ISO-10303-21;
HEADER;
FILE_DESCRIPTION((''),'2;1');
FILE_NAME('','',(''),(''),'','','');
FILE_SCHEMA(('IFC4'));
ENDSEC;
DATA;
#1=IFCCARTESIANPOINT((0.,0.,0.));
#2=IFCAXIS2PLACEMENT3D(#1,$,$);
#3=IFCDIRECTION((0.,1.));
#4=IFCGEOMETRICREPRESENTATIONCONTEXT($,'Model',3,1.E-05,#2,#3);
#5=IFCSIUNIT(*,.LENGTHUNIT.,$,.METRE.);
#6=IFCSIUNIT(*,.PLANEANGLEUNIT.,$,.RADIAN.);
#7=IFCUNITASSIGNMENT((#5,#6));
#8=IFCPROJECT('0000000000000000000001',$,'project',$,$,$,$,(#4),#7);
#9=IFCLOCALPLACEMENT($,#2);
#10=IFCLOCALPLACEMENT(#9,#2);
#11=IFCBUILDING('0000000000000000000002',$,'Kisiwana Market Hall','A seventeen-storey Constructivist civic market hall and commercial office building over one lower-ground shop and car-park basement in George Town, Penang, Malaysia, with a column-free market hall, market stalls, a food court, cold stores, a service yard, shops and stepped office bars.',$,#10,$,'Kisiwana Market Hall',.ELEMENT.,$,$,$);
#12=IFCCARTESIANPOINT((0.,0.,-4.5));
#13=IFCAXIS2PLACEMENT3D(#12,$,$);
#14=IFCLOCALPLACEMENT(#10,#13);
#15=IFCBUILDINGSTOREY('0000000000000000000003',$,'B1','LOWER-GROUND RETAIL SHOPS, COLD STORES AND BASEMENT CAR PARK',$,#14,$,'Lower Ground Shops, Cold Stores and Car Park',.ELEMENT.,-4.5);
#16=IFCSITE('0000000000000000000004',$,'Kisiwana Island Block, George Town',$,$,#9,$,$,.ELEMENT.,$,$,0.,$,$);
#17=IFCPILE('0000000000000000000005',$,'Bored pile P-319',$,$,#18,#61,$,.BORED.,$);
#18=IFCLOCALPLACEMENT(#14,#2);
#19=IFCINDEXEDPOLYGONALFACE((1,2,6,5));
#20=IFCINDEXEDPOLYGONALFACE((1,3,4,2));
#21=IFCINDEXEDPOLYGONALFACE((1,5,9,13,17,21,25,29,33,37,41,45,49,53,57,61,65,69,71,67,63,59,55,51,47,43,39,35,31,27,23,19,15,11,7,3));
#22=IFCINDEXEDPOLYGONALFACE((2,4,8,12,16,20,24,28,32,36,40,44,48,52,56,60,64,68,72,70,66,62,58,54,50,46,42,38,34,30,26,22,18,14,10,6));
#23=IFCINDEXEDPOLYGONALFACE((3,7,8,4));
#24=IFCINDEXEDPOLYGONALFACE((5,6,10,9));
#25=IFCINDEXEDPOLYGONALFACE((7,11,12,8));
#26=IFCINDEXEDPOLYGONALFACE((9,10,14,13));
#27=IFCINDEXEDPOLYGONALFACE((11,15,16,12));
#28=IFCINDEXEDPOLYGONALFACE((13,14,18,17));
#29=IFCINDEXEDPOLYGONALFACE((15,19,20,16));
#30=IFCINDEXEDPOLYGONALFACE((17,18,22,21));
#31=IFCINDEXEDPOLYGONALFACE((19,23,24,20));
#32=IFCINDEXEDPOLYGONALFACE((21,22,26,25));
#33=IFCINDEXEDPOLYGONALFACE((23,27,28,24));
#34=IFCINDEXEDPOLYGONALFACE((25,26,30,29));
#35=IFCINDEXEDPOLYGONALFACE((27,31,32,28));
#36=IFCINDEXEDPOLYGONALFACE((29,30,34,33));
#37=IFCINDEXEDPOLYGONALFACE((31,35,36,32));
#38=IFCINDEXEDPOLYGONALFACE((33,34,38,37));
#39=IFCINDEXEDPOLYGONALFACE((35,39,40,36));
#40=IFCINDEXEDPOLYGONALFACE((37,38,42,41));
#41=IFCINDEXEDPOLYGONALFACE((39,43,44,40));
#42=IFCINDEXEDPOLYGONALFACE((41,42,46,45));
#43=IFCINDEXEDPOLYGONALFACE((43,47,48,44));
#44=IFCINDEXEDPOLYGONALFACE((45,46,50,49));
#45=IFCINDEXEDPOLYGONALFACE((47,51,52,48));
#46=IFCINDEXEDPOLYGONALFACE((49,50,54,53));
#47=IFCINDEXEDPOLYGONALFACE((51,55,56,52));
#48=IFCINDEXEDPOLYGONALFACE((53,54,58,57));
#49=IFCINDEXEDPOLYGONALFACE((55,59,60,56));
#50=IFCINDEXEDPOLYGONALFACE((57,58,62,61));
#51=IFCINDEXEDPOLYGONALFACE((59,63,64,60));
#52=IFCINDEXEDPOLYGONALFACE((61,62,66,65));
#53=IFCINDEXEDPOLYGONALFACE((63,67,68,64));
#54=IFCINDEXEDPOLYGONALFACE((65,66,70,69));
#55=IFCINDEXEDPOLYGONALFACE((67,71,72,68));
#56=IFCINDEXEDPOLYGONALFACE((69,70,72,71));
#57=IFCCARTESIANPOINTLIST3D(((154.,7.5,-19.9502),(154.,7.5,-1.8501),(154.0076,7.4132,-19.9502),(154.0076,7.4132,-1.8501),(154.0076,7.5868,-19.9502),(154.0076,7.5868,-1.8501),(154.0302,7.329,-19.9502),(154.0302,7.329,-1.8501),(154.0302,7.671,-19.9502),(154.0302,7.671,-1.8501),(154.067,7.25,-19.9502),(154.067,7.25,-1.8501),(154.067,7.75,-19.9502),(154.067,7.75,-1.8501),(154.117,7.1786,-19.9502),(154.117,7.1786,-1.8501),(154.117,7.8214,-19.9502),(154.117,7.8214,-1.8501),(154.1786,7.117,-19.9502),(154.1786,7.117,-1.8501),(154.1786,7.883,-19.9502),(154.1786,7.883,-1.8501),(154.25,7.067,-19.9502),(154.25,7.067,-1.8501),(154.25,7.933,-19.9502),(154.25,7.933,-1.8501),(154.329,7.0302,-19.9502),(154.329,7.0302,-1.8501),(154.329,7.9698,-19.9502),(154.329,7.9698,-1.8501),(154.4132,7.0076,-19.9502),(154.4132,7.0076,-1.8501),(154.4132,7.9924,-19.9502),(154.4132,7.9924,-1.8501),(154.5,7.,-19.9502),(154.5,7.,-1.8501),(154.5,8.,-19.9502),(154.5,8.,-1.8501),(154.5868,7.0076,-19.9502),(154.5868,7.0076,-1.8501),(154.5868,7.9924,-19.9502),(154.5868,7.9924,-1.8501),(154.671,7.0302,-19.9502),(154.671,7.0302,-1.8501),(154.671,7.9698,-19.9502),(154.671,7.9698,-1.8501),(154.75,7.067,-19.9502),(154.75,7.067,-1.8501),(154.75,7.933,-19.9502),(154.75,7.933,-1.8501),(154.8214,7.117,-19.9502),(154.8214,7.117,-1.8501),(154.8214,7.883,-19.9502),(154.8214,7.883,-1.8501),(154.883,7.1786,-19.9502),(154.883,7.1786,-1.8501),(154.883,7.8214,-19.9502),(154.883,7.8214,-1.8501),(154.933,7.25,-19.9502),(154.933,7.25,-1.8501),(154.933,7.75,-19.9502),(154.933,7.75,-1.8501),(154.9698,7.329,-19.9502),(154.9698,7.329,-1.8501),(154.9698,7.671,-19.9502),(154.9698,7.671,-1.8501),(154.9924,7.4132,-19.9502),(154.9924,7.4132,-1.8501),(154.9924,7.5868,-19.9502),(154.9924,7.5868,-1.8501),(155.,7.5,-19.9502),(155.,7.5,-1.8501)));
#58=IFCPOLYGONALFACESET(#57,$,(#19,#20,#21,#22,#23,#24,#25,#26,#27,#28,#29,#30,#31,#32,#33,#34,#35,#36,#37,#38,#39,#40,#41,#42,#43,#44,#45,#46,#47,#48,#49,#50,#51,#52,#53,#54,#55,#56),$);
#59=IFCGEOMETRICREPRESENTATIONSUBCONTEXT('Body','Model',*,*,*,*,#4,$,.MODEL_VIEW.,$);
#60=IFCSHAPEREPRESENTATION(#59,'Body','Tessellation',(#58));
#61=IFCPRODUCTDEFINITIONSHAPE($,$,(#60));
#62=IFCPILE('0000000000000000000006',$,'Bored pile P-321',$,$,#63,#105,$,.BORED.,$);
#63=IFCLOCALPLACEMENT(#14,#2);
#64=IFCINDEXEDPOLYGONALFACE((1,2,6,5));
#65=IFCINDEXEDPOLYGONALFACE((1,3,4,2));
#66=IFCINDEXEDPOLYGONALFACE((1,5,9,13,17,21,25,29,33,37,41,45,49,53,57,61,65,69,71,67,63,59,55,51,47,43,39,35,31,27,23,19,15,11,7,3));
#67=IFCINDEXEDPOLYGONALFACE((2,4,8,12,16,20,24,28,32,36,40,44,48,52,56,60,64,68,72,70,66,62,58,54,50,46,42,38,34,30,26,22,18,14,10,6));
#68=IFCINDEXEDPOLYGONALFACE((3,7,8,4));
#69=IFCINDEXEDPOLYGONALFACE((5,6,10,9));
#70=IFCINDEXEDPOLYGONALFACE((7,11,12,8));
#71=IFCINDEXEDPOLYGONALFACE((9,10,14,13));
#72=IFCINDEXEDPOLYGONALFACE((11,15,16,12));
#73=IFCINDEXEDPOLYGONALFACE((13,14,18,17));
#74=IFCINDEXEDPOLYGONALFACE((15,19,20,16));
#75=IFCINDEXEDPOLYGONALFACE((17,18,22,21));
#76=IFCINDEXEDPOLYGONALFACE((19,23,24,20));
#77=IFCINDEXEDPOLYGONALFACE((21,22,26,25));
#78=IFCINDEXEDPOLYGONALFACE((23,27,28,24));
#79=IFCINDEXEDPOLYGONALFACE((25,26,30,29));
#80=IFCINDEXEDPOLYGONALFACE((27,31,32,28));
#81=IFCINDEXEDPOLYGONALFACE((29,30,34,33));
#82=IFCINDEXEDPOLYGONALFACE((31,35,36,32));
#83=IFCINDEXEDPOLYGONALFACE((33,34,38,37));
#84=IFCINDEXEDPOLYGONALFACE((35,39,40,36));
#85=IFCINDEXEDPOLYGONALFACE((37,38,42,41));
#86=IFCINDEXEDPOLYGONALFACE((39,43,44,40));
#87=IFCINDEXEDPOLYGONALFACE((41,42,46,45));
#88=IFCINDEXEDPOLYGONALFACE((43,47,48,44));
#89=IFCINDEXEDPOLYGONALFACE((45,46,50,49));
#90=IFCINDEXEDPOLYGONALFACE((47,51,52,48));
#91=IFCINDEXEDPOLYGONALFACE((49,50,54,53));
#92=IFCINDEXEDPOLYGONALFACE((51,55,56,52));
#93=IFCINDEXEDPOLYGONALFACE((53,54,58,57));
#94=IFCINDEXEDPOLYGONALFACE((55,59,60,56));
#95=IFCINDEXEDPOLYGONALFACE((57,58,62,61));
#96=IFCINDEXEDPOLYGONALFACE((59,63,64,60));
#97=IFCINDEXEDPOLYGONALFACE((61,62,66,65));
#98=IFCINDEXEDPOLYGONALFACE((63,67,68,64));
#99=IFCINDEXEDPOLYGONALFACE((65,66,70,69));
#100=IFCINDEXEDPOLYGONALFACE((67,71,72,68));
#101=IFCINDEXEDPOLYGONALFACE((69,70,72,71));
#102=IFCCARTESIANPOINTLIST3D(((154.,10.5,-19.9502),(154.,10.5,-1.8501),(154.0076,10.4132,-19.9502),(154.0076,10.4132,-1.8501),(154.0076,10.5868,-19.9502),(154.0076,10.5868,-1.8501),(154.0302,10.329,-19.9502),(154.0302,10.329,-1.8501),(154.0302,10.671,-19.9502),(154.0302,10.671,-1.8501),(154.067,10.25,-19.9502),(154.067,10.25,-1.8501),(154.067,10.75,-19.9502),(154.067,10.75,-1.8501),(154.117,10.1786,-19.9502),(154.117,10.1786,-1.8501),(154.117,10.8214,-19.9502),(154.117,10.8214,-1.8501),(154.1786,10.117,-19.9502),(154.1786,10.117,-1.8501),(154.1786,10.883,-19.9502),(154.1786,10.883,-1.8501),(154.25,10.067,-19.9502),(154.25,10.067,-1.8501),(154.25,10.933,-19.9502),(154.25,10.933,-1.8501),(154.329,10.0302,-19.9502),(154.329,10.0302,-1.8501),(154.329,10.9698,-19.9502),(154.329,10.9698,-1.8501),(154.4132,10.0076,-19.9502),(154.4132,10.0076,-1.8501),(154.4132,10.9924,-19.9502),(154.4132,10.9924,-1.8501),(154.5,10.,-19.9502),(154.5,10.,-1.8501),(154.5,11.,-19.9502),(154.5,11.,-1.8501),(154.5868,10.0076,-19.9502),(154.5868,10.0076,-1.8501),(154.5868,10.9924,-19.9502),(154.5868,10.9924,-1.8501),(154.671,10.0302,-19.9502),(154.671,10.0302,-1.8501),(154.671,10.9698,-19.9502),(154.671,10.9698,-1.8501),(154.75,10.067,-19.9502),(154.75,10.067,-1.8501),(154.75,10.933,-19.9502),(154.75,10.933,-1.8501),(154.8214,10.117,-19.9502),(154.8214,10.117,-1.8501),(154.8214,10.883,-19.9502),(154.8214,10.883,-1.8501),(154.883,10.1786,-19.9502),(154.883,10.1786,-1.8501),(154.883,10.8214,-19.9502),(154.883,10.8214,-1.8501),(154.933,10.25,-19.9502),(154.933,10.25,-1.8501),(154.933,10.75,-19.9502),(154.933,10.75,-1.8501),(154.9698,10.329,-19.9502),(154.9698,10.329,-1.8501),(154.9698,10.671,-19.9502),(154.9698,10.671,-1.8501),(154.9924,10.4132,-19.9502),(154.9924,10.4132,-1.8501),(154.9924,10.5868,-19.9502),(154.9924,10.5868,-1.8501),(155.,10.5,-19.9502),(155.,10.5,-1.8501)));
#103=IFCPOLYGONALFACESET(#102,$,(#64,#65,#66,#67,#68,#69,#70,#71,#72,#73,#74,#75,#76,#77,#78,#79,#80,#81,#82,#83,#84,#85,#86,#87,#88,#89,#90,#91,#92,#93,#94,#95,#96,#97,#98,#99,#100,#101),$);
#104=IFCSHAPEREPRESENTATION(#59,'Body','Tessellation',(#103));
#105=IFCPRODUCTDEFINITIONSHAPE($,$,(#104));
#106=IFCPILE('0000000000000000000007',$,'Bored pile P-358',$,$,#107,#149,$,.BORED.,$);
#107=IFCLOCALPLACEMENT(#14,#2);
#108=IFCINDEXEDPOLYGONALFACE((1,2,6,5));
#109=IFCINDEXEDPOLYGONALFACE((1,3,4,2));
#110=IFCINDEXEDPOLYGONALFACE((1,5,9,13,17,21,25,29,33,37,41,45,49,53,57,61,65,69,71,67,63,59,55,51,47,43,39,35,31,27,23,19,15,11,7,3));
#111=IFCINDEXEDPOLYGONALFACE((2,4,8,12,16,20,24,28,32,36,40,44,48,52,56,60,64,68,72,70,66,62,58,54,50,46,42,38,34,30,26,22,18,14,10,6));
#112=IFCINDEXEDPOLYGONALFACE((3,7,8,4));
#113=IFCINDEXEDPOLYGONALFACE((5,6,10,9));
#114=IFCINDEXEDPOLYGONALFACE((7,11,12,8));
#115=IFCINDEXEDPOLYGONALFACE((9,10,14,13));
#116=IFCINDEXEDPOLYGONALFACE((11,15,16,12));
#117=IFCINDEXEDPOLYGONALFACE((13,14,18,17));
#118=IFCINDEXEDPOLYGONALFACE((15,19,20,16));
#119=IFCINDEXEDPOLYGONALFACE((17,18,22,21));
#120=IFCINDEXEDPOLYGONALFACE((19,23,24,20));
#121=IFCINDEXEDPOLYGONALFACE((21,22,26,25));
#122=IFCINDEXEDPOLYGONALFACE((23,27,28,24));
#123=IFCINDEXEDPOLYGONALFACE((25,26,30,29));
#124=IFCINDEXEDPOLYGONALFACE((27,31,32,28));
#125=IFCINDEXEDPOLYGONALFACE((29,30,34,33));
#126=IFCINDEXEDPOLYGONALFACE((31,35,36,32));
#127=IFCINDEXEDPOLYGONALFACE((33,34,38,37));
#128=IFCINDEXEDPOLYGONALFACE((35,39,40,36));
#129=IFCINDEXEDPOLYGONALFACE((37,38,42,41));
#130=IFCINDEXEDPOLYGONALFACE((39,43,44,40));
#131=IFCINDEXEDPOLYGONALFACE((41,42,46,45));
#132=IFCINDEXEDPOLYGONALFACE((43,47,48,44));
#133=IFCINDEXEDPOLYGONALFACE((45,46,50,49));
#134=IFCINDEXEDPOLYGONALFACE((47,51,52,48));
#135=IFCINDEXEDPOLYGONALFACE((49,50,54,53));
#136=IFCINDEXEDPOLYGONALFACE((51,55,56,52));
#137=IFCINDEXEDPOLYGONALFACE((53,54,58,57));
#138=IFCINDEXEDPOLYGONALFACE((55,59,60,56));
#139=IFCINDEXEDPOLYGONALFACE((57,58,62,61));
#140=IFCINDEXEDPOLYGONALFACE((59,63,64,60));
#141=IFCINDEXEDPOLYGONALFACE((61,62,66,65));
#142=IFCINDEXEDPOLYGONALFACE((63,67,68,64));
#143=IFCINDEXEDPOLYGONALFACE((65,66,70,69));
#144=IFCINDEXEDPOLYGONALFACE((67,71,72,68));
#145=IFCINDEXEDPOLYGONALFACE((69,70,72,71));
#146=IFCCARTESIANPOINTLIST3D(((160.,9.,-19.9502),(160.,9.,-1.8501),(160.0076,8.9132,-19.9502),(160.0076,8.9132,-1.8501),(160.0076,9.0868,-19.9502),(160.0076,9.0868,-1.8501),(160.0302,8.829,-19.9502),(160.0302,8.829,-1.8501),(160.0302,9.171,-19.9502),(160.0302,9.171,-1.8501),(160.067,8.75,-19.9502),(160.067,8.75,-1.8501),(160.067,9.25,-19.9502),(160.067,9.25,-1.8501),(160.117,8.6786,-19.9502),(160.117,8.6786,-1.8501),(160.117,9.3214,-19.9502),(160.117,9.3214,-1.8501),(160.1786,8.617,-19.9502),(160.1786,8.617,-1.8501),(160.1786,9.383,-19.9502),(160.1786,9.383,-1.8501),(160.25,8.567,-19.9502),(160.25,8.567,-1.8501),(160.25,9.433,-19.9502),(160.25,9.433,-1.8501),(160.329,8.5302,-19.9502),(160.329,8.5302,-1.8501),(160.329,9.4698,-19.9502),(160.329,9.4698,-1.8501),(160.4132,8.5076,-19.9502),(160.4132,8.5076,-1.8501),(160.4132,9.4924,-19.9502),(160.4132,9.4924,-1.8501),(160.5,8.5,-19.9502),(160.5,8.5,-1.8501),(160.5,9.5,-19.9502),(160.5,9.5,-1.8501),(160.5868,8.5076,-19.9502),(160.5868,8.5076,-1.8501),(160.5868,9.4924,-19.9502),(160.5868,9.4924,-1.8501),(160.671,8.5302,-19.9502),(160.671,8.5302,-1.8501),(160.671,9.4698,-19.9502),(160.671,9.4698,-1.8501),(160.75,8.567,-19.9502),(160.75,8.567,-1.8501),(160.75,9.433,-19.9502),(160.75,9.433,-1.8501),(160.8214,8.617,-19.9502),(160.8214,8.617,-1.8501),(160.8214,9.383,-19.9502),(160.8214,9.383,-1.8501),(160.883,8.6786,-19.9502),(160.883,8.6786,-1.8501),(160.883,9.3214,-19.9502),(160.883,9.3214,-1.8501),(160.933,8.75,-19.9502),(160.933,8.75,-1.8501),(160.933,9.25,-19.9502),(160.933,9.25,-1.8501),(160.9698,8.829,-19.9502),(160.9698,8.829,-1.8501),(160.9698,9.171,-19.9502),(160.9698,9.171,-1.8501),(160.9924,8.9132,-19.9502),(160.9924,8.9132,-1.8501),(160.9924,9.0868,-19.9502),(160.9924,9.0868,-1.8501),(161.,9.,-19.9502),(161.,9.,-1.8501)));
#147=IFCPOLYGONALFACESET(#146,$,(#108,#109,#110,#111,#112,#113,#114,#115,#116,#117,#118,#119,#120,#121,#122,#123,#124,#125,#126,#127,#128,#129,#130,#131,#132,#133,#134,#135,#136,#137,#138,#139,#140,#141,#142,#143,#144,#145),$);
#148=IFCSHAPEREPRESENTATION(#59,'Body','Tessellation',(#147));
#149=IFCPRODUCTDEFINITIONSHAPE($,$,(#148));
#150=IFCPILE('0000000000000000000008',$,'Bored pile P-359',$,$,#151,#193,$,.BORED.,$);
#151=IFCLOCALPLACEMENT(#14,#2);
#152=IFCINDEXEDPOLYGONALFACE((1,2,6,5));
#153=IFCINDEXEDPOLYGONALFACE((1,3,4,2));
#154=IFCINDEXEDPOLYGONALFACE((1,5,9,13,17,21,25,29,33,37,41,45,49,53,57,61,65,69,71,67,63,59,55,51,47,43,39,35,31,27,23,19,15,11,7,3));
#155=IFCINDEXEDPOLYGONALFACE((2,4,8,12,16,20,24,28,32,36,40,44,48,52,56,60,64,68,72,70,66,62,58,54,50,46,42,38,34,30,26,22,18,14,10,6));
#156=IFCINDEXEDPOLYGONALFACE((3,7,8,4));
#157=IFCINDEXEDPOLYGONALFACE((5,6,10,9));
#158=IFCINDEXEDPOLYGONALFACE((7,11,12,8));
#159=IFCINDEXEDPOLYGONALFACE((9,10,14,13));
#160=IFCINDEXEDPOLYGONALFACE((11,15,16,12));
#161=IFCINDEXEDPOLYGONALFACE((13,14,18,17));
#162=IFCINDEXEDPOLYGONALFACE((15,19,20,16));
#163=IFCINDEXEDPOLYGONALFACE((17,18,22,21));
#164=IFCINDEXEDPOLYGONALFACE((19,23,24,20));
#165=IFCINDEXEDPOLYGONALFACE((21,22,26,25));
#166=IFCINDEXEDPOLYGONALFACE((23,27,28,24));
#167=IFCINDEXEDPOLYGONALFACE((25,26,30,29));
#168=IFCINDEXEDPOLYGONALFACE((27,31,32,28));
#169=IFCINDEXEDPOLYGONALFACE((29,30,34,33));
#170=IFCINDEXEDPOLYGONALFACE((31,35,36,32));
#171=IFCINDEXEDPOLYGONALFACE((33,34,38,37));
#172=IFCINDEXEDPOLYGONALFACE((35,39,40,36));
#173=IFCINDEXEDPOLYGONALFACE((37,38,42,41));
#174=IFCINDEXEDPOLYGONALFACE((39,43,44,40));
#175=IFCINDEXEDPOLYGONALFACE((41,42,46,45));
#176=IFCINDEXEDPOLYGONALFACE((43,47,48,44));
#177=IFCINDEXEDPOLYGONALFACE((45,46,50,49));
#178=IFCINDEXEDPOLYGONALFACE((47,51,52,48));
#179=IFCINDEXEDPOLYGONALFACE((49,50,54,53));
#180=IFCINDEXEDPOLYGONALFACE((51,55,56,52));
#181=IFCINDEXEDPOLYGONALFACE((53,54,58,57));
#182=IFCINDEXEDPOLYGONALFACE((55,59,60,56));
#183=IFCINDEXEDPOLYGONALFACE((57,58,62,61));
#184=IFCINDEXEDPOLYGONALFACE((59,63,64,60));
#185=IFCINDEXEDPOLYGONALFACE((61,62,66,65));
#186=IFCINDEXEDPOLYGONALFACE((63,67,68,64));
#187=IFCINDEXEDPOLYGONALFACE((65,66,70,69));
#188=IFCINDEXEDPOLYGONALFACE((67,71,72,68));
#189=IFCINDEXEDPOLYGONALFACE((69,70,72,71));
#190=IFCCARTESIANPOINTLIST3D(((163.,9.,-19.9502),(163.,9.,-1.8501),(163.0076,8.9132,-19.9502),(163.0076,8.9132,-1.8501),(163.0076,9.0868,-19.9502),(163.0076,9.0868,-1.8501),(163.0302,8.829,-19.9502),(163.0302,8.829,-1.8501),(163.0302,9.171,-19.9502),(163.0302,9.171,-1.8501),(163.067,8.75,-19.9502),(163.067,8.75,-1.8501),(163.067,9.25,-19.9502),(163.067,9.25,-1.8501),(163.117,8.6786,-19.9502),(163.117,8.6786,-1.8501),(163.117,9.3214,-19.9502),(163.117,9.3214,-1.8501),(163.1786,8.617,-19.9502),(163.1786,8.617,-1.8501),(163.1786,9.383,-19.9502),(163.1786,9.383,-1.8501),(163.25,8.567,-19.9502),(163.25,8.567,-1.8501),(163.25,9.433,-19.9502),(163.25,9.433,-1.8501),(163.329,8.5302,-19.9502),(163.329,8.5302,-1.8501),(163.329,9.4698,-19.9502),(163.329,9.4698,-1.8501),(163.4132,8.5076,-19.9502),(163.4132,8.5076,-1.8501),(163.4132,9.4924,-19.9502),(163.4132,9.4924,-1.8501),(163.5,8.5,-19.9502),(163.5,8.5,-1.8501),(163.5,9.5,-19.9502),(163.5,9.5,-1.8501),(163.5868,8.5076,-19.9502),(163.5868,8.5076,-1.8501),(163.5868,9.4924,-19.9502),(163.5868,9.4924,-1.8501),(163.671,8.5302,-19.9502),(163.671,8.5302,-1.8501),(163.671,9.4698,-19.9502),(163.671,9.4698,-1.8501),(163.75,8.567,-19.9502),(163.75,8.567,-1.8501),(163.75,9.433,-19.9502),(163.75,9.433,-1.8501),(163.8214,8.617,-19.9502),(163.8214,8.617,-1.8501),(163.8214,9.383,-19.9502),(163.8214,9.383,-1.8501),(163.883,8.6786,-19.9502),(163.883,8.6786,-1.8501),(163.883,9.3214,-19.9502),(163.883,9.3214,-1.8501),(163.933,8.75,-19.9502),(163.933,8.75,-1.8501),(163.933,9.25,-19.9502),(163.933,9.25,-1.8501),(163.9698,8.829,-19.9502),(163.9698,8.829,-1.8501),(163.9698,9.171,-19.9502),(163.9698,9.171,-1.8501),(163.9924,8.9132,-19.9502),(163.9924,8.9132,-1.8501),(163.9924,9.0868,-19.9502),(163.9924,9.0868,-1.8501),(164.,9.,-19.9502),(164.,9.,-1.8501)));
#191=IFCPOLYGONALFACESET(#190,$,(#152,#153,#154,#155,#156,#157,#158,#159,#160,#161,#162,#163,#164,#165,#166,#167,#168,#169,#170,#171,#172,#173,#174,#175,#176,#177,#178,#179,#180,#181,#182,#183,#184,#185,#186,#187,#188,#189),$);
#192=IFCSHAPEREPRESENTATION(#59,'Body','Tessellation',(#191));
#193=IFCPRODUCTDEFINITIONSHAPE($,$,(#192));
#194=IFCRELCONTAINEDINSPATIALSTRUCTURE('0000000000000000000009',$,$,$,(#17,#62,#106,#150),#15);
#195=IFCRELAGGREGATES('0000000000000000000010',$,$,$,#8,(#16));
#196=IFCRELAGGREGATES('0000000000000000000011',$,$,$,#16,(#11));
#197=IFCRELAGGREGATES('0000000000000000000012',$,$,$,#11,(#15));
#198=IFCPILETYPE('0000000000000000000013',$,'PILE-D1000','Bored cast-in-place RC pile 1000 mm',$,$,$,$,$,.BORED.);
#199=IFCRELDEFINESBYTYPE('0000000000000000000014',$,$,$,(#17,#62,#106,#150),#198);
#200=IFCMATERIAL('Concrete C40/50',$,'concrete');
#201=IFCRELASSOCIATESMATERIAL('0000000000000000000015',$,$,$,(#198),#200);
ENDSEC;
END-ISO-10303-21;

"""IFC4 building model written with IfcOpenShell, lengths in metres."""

from ifc_helpers import new_model, si_unit, direction, frame, origin, origin_2d, place, context, subcontext, project, spatial, circle, extrude, material, material_profile, profile_set, type_object, element, save


model = new_model("IFC4")

# Units and contexts
model_context = context("Model", 3, precision=1e-05, world=origin(), true_north=direction((0.0, 1.0)))
body_context = subcontext(model_context, "Body", "Model", "MODEL_VIEW")
ifc_project = project(units=[si_unit("LENGTHUNIT", "METRE"), si_unit("PLANEANGLEUNIT", "RADIAN")], contexts=[model_context])

# Site, building, storey
site_placement = place(None, origin())
site = spatial("IfcSite", under=ifc_project, at=site_placement, Name="Kisiwana Island Block, George Town", CompositionType="ELEMENT", RefElevation=0.0)
building_placement = place(site_placement, origin())
building = spatial("IfcBuilding", under=site, at=building_placement, Name="Kisiwana Market Hall", Description="A seventeen-storey Constructivist civic market hall and commercial office building over one lower-ground shop and car-park basement in George Town, Penang, Malaysia, with a column-free market hall, market stalls, a food court, cold stores, a service yard, shops and stepped office bars.", LongName="Kisiwana Market Hall", CompositionType="ELEMENT")
storey_placement = place(building_placement, frame((0.0, 0.0, -4.5)))
storey = spatial("IfcBuildingStorey", under=building, at=storey_placement, Name="B1", Description="LOWER-GROUND RETAIL SHOPS, COLD STORES AND BASEMENT CAR PARK", LongName="Lower Ground Shops, Cold Stores and Car Park", CompositionType="ELEMENT", Elevation=-4.5)

# Piles
ifc_material_1 = material(Name="Concrete C40/50", Category="concrete")
ifc_material_profile_1 = material_profile(ifc_material_1, circle(Radius=0.5, at=origin_2d()), Name="BP D1000")
ifc_profile_set_1 = profile_set([ifc_material_profile_1], Name="Concrete C40/50")
pile_type_1 = type_object("IfcPileType", Name="PILE-D1000", Description="Bored cast-in-place RC pile 1000 mm", PredefinedType="BORED", material=ifc_profile_set_1)
for number, where, z_axis, x_axis, name in (
    (1, (154.5, 7.5, -1.8501), (0.0, 0.0, -1.0), (1.0, 0.0, 0.0), "Bored pile P-319"),
    (2, (154.5, 10.5, -1.8501), (0.0, 0.0, -1.0), (1.0, 0.0, 0.0), "Bored pile P-321"),
    (3, (160.5, 9.0, -1.8501), (0.0, 0.0, -1.0), (1.0, 0.0, 0.0), "Bored pile P-358"),
    (4, (163.5, 9.0, -1.8501), (0.0, 0.0, -1.0), (1.0, 0.0, 0.0), "Bored pile P-359"),
):
    element("IfcPile", number, at=place(storey_placement, frame(where, z_axis=z_axis, x_axis=x_axis)), inside=storey, type_object=pile_type_1, Name=name, PredefinedType="BORED", context=body_context, shape_type="SweptSolid", body=[
        extrude(circle(Radius=0.5, at=origin_2d()), origin(), (0.0, 0.0, 1.0), 18.1001),
    ])

save(model, "model.ifc")
